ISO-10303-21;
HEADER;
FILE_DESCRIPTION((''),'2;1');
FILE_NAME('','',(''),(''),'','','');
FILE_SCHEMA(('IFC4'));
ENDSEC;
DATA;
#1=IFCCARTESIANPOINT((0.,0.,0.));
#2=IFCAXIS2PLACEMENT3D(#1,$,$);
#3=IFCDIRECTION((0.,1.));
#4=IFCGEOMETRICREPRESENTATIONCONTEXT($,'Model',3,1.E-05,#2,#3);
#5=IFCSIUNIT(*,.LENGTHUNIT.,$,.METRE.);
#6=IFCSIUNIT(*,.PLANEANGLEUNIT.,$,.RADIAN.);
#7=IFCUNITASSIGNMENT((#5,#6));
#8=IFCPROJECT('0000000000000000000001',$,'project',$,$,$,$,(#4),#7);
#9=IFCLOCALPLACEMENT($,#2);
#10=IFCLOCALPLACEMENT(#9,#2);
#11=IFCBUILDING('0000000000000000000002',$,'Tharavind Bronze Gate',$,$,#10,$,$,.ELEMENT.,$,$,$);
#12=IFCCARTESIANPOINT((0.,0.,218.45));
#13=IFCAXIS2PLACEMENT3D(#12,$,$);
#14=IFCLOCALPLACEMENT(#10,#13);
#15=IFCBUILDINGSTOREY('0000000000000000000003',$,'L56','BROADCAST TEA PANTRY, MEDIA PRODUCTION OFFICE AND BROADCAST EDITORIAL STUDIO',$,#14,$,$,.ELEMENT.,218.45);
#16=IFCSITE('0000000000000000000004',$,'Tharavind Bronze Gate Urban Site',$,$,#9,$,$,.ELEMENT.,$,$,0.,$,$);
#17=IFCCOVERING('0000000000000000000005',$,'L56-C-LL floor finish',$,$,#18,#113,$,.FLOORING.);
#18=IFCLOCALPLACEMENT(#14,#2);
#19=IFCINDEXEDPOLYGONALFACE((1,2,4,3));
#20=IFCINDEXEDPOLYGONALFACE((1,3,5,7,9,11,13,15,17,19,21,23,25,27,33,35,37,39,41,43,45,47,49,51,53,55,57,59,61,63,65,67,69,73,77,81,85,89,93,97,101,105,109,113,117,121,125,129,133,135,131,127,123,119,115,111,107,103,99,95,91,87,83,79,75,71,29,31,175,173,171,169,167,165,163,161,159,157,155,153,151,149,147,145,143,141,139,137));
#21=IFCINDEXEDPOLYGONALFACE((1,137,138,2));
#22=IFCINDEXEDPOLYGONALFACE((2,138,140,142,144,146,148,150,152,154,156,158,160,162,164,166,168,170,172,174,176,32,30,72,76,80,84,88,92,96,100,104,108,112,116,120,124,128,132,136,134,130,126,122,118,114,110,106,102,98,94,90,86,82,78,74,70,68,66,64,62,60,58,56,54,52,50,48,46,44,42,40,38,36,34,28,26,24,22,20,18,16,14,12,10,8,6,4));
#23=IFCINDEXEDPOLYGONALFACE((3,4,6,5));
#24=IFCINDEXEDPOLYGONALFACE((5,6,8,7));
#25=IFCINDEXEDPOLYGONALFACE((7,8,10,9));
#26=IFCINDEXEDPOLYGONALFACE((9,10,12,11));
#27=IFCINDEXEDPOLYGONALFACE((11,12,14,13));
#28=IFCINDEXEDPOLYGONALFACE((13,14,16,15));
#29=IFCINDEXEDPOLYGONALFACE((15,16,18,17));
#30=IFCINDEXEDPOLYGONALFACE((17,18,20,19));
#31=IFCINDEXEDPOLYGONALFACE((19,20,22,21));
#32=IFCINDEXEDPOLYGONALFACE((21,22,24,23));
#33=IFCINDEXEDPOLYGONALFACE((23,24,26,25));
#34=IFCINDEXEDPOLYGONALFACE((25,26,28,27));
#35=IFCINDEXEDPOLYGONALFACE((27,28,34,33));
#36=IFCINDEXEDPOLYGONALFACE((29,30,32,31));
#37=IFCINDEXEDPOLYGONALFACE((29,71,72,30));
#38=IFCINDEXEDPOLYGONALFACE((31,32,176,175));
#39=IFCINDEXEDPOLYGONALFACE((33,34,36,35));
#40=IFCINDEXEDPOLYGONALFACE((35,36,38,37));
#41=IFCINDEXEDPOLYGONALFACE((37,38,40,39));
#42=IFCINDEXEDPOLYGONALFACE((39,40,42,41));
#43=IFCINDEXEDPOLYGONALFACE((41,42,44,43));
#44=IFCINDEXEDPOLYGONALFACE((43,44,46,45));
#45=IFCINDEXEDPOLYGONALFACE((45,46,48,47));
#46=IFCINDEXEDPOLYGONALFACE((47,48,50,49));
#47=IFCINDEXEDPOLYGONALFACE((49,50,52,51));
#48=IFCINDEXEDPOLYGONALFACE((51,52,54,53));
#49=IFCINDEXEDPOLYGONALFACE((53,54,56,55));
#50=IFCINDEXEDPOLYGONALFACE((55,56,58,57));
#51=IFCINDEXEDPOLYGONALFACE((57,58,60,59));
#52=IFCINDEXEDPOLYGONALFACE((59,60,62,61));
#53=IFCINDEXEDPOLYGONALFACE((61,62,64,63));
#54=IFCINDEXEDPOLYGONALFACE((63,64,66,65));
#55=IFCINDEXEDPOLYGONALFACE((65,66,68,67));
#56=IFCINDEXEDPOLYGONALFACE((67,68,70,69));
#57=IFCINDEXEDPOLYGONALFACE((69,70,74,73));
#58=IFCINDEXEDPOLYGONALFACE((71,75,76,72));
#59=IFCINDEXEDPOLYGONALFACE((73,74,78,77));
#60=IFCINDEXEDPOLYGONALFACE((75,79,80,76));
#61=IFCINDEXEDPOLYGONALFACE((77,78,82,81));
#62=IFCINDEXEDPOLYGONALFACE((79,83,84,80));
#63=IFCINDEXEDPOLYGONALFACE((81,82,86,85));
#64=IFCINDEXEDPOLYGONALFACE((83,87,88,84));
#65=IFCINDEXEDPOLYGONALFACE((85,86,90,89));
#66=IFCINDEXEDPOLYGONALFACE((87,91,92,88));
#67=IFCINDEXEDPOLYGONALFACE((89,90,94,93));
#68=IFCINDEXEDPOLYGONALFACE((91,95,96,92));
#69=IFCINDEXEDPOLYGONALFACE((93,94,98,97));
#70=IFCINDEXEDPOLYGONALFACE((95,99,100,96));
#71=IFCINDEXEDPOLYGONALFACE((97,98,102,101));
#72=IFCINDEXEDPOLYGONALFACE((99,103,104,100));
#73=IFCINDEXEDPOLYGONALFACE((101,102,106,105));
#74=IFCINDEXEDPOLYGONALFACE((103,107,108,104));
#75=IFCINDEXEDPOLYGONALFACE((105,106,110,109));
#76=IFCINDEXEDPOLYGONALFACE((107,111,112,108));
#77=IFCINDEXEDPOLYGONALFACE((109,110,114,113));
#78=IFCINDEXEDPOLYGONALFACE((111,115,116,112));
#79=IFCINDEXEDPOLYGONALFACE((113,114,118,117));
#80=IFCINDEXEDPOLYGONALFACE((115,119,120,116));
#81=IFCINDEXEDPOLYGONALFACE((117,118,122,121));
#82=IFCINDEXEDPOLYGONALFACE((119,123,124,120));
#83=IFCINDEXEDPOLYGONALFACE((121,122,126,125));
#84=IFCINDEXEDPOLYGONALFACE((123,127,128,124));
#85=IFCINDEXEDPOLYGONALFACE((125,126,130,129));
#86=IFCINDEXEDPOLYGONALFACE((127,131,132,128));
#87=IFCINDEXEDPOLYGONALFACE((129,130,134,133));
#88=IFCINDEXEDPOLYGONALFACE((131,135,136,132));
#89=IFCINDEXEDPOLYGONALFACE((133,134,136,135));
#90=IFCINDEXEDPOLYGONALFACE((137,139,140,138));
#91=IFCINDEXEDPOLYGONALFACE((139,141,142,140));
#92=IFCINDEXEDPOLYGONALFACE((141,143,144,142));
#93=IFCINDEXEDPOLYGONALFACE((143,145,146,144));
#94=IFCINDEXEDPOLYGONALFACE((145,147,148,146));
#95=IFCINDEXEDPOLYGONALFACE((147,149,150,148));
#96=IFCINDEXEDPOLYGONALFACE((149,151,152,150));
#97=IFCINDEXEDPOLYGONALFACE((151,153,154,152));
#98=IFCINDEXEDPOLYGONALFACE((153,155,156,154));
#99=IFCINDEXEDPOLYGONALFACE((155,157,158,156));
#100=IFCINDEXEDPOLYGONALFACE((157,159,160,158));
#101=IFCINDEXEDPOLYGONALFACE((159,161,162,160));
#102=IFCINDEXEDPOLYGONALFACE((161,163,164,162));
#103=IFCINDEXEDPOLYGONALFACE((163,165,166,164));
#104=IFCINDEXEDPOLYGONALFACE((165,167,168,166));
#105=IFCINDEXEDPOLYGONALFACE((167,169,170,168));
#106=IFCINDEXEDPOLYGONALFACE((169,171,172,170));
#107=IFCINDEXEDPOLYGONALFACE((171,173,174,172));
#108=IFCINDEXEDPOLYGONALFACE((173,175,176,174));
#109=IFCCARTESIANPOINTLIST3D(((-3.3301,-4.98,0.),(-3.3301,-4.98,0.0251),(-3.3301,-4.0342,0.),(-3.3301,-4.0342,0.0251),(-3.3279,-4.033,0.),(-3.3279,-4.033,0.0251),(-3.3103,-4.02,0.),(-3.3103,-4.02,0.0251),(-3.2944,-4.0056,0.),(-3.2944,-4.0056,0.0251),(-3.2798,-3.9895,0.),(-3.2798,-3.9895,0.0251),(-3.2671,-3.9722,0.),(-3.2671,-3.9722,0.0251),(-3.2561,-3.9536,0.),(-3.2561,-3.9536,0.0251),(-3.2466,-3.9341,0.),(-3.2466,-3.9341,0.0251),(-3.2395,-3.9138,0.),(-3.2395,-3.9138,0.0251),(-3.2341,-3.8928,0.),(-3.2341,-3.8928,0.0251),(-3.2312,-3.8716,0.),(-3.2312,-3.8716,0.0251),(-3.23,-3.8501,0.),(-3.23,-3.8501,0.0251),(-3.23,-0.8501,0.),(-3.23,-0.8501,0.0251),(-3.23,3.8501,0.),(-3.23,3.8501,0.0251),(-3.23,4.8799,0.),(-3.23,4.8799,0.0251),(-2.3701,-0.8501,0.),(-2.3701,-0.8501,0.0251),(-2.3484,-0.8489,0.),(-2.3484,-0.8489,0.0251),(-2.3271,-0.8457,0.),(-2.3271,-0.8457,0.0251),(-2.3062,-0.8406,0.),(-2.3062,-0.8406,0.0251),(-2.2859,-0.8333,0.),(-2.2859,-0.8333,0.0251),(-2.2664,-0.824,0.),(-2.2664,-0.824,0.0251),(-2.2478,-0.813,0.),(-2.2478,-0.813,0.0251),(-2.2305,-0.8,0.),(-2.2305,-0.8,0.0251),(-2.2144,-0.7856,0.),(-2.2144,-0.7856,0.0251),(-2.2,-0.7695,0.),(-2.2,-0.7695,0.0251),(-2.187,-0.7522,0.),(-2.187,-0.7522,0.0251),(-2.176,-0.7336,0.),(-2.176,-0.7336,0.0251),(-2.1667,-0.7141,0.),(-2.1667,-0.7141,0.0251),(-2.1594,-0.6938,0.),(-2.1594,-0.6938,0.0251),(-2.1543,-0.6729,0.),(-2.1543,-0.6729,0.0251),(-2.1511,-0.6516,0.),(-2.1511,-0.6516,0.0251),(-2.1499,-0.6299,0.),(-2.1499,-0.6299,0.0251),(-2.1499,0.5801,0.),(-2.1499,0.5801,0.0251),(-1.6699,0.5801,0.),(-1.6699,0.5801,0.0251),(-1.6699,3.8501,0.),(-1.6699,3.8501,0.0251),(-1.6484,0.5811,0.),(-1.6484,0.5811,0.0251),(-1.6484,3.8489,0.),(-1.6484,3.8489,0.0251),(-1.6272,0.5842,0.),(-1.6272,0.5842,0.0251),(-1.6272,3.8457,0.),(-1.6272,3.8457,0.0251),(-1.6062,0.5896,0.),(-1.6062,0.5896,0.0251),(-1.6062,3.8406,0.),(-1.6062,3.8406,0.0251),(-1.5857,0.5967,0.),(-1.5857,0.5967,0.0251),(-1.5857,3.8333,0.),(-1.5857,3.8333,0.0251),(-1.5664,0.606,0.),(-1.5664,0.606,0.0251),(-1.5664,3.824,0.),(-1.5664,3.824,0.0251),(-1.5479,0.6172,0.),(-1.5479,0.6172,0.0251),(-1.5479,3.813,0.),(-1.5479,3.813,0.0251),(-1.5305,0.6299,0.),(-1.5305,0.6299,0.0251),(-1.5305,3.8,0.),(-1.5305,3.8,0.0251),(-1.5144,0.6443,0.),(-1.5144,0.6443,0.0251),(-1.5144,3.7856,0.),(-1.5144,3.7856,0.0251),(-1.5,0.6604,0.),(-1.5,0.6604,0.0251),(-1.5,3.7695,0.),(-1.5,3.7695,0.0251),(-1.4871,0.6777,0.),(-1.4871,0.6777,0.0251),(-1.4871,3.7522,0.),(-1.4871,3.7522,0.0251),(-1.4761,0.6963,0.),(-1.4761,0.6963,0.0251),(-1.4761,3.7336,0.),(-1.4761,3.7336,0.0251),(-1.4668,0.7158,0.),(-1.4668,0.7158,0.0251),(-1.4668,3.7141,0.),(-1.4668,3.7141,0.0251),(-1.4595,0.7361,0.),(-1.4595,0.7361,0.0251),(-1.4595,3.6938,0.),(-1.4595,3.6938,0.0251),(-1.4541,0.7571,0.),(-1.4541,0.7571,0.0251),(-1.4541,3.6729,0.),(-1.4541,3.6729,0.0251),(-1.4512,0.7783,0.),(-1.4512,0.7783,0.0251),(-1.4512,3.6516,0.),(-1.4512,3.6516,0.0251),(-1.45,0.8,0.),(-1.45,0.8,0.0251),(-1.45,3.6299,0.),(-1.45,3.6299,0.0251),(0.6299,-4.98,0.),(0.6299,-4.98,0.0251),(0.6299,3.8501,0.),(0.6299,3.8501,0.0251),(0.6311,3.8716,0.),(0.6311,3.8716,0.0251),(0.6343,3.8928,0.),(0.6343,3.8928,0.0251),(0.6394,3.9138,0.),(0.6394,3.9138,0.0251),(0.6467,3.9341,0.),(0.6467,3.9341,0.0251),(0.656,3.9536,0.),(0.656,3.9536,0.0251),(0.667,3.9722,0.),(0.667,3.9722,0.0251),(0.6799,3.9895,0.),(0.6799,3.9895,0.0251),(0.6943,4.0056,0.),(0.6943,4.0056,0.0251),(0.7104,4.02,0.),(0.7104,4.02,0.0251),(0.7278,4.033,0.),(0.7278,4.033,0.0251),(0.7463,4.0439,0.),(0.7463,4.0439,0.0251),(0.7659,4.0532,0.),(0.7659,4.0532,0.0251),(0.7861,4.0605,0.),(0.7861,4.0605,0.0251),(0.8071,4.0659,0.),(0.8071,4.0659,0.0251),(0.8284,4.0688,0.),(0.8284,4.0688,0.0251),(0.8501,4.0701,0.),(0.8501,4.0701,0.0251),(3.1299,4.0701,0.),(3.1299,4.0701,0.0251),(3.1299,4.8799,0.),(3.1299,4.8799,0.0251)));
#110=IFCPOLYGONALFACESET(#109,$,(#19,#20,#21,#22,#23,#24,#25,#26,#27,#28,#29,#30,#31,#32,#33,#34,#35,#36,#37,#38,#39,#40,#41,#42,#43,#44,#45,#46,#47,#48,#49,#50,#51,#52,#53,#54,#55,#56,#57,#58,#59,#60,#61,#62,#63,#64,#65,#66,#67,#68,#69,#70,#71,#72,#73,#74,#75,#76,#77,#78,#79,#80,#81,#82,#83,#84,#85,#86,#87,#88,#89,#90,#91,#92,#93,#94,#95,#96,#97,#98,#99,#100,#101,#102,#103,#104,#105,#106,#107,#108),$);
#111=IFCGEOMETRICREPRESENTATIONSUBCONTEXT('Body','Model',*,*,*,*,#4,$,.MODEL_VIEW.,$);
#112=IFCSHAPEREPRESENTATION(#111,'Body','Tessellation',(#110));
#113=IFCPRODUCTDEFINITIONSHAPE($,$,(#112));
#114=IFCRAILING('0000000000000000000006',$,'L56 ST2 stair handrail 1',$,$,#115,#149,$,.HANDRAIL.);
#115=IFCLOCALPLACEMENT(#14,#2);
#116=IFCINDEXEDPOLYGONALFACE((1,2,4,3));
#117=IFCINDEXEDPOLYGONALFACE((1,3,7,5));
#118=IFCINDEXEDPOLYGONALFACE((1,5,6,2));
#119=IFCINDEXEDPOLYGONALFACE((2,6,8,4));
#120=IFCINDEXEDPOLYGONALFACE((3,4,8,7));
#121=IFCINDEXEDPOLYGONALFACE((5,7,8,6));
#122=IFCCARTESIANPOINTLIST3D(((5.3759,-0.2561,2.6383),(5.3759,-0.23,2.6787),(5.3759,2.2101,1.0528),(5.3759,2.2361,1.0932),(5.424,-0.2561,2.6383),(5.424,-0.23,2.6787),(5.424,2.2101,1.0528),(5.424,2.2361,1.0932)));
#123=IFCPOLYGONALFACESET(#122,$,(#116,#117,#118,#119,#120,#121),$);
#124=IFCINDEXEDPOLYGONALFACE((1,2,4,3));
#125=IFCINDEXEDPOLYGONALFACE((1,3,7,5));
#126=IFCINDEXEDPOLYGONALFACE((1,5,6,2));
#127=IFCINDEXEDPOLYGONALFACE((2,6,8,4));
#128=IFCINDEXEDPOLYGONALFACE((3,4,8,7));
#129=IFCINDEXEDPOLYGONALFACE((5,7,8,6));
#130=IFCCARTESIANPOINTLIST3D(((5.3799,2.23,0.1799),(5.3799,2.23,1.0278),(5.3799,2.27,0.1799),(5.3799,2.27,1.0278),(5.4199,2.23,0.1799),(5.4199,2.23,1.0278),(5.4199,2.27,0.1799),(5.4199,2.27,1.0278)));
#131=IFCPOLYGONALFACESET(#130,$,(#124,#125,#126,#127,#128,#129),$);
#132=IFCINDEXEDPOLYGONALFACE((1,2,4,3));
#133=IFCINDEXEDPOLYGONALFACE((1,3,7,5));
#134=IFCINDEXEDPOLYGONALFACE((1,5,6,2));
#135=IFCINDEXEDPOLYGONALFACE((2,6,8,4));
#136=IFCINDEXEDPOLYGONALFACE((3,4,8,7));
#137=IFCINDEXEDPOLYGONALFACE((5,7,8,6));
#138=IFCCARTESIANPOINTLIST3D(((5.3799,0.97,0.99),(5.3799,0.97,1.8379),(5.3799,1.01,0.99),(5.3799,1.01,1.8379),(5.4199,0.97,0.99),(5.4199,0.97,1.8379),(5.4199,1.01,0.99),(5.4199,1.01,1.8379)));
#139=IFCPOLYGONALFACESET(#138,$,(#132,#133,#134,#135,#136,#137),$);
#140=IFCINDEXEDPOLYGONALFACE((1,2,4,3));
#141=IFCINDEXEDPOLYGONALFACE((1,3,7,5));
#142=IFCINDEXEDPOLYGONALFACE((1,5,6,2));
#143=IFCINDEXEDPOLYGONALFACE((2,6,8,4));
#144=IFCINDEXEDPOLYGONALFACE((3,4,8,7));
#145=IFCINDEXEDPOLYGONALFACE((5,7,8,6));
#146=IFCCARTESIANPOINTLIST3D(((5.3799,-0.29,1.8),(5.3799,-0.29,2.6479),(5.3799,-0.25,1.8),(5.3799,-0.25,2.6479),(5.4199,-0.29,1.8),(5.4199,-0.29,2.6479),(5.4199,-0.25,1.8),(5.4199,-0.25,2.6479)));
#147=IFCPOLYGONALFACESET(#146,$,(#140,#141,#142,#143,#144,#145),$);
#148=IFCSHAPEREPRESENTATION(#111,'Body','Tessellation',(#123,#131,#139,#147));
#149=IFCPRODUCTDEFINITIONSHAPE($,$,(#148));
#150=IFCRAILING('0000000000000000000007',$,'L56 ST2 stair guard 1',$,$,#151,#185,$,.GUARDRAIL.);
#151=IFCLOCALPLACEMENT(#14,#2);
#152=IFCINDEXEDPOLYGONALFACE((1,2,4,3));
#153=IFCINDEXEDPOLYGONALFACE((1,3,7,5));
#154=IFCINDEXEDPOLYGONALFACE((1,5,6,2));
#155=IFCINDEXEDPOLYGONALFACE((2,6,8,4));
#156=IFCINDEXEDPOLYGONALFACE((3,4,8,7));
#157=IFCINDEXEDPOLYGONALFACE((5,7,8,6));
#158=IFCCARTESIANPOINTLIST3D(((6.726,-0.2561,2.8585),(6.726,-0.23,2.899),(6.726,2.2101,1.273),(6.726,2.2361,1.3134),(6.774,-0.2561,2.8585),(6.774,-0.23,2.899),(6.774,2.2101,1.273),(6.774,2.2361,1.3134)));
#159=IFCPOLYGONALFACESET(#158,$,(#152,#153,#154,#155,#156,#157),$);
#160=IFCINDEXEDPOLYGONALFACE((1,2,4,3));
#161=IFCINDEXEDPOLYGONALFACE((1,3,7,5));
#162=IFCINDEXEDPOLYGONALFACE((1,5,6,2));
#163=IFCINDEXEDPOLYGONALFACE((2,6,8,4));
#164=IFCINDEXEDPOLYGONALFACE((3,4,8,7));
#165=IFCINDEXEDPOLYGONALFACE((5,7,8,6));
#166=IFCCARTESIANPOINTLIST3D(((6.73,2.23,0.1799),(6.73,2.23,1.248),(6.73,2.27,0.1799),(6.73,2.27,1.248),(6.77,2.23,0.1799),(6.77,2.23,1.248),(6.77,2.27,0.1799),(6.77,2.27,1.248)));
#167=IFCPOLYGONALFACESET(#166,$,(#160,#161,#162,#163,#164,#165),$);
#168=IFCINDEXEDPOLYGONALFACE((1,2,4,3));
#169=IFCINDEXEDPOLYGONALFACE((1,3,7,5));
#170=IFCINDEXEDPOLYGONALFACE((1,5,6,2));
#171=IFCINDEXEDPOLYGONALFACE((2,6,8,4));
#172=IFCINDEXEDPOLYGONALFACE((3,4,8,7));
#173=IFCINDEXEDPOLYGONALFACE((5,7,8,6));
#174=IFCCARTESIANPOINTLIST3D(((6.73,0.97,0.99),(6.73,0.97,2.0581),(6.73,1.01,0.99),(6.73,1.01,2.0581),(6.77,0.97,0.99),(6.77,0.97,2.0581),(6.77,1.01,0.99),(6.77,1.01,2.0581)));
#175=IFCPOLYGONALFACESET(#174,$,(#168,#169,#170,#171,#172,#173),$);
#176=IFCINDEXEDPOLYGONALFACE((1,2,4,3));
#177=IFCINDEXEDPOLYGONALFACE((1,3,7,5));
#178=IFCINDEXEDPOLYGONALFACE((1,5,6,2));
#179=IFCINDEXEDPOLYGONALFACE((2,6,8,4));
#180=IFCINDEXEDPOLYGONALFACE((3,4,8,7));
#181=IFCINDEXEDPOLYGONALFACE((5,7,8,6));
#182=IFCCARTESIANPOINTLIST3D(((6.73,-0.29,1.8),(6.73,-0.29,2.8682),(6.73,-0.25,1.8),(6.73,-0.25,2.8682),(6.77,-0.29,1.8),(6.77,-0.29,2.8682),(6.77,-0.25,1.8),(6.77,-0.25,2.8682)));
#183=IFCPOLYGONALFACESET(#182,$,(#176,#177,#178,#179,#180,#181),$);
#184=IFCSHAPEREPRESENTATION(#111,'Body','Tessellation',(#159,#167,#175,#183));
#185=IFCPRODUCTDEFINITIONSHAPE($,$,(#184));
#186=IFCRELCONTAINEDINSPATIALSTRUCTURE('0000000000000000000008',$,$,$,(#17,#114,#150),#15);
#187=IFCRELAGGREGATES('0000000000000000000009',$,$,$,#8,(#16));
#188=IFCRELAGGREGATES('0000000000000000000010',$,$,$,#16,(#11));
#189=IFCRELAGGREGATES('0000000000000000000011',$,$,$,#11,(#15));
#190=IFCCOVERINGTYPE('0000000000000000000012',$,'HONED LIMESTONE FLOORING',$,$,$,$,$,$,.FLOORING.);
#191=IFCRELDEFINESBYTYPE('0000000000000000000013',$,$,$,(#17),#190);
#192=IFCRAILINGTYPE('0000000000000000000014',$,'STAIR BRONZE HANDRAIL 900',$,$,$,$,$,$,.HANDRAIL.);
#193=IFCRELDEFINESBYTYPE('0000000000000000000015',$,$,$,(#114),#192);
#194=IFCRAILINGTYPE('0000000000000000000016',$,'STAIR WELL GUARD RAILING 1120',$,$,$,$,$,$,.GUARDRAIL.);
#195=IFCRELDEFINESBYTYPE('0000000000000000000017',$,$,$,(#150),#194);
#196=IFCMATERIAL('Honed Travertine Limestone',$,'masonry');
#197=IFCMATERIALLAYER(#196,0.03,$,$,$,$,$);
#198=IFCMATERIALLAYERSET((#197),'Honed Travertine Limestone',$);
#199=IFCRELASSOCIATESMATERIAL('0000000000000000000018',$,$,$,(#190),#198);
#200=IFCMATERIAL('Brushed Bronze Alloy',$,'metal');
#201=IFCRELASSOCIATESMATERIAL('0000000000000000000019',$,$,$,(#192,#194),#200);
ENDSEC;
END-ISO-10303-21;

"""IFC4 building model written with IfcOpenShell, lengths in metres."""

from ifc_helpers import new_model, si_unit, direction, frame, origin, origin_2d, place, context, subcontext, project, spatial, polyline, rectangle, outline, extrude, material, layer, layer_set, type_object, element, save


model = new_model("IFC4")

# Units and contexts
model_context = context("Model", 3, precision=1e-05, world=origin(), true_north=direction((0.0, 1.0)))
body_context = subcontext(model_context, "Body", "Model", "MODEL_VIEW")
ifc_project = project(units=[si_unit("LENGTHUNIT", "METRE"), si_unit("PLANEANGLEUNIT", "RADIAN")], contexts=[model_context])

# Site, building, storey
site_placement = place(None, origin())
site = spatial("IfcSite", under=ifc_project, at=site_placement, Name="Tharavind Bronze Gate Urban Site", CompositionType="ELEMENT", RefElevation=0.0)
building_placement = place(site_placement, origin())
building = spatial("IfcBuilding", under=site, at=building_placement, Name="Tharavind Bronze Gate", CompositionType="ELEMENT")
storey_placement = place(building_placement, frame((0.0, 0.0, 218.45)))
storey = spatial("IfcBuildingStorey", under=building, at=storey_placement, Name="L56", Description="BROADCAST TEA PANTRY, MEDIA PRODUCTION OFFICE AND BROADCAST EDITORIAL STUDIO", CompositionType="ELEMENT", Elevation=218.45)

# Covering
ifc_material_1 = material(Name="Honed Travertine Limestone", Category="masonry")
ifc_layer_1 = layer(ifc_material_1, 0.03)
ifc_layer_set_1 = layer_set([ifc_layer_1], Name="Honed Travertine Limestone")
covering_type_1 = type_object("IfcCoveringType", Name="HONED LIMESTONE FLOORING", PredefinedType="FLOORING", material=ifc_layer_set_1)
covering_1_placement = place(storey_placement, origin())
element("IfcCovering", 1, at=covering_1_placement, inside=storey, type_object=covering_type_1, Name="L56-C-LL floor finish", PredefinedType="FLOORING", context=body_context, shape_type="SweptSolid", body=[
    extrude(outline(polyline([(-3.3301, -4.98), (0.6299, -4.98), (0.6299, 3.8501), (0.6311, 3.8716), (0.6343, 3.8928), (0.6394, 3.9138), (0.6467, 3.9341), (0.656, 3.9536), (0.667, 3.9722), (0.6799, 3.9895), (0.6943, 4.0056), (0.7104, 4.02), (0.7278, 4.033), (0.7463, 4.0439), (0.7659, 4.0532), (0.7861, 4.0605), (0.8071, 4.0659), (0.8284, 4.0688), (0.8501, 4.0701), (3.1299, 4.0701), (3.1299, 4.8799), (-3.23, 4.8799), (-3.23, 3.8501), (-1.6699, 3.8501), (-1.6484, 3.8489), (-1.6272, 3.8457), (-1.6062, 3.8406), (-1.5857, 3.8333), (-1.5664, 3.824), (-1.5479, 3.813), (-1.5305, 3.8), (-1.5144, 3.7856), (-1.5, 3.7695), (-1.4871, 3.7522), (-1.4761, 3.7336), (-1.4668, 3.7141), (-1.4595, 3.6938), (-1.4541, 3.6729), (-1.4512, 3.6516), (-1.45, 3.6299), (-1.45, 0.8), (-1.4512, 0.7783), (-1.4541, 0.7571), (-1.4595, 0.7361), (-1.4668, 0.7158), (-1.4761, 0.6963), (-1.4871, 0.6777), (-1.5, 0.6604), (-1.5144, 0.6443), (-1.5305, 0.6299), (-1.5479, 0.6172), (-1.5664, 0.606), (-1.5857, 0.5967), (-1.6062, 0.5896), (-1.6272, 0.5842), (-1.6484, 0.5811), (-1.6699, 0.5801), (-2.1499, 0.5801), (-2.1499, -0.6299), (-2.1511, -0.6516), (-2.1543, -0.6729), (-2.1594, -0.6938), (-2.1667, -0.7141), (-2.176, -0.7336), (-2.187, -0.7522), (-2.2, -0.7695), (-2.2144, -0.7856), (-2.2305, -0.8), (-2.2478, -0.813), (-2.2664, -0.824), (-2.2859, -0.8333), (-2.3062, -0.8406), (-2.3271, -0.8457), (-2.3484, -0.8489), (-2.3701, -0.8501), (-3.23, -0.8501), (-3.23, -3.8501), (-3.2312, -3.8716), (-3.2341, -3.8928), (-3.2395, -3.9138), (-3.2466, -3.9341), (-3.2561, -3.9536), (-3.2671, -3.9722), (-3.2798, -3.9895), (-3.2944, -4.0056), (-3.3103, -4.02), (-3.3279, -4.033), (-3.3301, -4.0342), (-3.3301, -4.98)])), origin(), (0.0, 0.0, 1.0), 0.0251),
])

# Railings
ifc_material_2 = material(Name="Brushed Bronze Alloy", Category="metal")
railing_type_1 = type_object("IfcRailingType", Name="STAIR BRONZE HANDRAIL 900", PredefinedType="HANDRAIL", material=ifc_material_2)
railing_1_placement = place(storey_placement, frame((5.3999, 2.25, 0.1799)))
element("IfcRailing", 2, at=railing_1_placement, inside=storey, type_object=railing_type_1, Name="L56 ST2 stair handrail 1", PredefinedType="HANDRAIL", context=body_context, shape_type="SweptSolid", body=[
    extrude(rectangle(XDim=0.0481, YDim=0.0481, at=origin_2d()), frame((0.0, -0.0269, 0.8931), z_axis=(0.0, -0.841163, 0.540782), x_axis=(1.0, 0.0, 0.0)), (0.0, 0.0, 1.0), 2.9319),
    extrude(rectangle(XDim=0.04, YDim=0.04, at=origin_2d()), origin(), (0.0, 0.0, 1.0), 0.8479),
    extrude(rectangle(XDim=0.04, YDim=0.04, at=origin_2d()), frame((0.0, -1.26, 0.8101)), (0.0, 0.0, 1.0), 0.8479),
    extrude(rectangle(XDim=0.04, YDim=0.04, at=origin_2d()), frame((0.0, -2.52, 1.6201)), (0.0, 0.0, 1.0), 0.8479),
])
railing_type_2 = type_object("IfcRailingType", Name="STAIR WELL GUARD RAILING 1120", PredefinedType="GUARDRAIL", material=ifc_material_2)
railing_2_placement = place(storey_placement, frame((6.75, 2.25, 0.1799)))
element("IfcRailing", 3, at=railing_2_placement, inside=storey, type_object=railing_type_2, Name="L56 ST2 stair guard 1", PredefinedType="GUARDRAIL", context=body_context, shape_type="SweptSolid", body=[
    extrude(rectangle(XDim=0.0481, YDim=0.0481, at=origin_2d()), frame((0.0, -0.0269, 1.1133), z_axis=(0.0, -0.841163, 0.540782), x_axis=(1.0, 0.0, 0.0)), (0.0, 0.0, 1.0), 2.9319),
    extrude(rectangle(XDim=0.04, YDim=0.04, at=origin_2d()), origin(), (0.0, 0.0, 1.0), 1.0681),
    extrude(rectangle(XDim=0.04, YDim=0.04, at=origin_2d()), frame((0.0, -1.26, 0.8101)), (0.0, 0.0, 1.0), 1.0681),
    extrude(rectangle(XDim=0.04, YDim=0.04, at=origin_2d()), frame((0.0, -2.52, 1.6201)), (0.0, 0.0, 1.0), 1.0681),
])

save(model, "model.ifc")
